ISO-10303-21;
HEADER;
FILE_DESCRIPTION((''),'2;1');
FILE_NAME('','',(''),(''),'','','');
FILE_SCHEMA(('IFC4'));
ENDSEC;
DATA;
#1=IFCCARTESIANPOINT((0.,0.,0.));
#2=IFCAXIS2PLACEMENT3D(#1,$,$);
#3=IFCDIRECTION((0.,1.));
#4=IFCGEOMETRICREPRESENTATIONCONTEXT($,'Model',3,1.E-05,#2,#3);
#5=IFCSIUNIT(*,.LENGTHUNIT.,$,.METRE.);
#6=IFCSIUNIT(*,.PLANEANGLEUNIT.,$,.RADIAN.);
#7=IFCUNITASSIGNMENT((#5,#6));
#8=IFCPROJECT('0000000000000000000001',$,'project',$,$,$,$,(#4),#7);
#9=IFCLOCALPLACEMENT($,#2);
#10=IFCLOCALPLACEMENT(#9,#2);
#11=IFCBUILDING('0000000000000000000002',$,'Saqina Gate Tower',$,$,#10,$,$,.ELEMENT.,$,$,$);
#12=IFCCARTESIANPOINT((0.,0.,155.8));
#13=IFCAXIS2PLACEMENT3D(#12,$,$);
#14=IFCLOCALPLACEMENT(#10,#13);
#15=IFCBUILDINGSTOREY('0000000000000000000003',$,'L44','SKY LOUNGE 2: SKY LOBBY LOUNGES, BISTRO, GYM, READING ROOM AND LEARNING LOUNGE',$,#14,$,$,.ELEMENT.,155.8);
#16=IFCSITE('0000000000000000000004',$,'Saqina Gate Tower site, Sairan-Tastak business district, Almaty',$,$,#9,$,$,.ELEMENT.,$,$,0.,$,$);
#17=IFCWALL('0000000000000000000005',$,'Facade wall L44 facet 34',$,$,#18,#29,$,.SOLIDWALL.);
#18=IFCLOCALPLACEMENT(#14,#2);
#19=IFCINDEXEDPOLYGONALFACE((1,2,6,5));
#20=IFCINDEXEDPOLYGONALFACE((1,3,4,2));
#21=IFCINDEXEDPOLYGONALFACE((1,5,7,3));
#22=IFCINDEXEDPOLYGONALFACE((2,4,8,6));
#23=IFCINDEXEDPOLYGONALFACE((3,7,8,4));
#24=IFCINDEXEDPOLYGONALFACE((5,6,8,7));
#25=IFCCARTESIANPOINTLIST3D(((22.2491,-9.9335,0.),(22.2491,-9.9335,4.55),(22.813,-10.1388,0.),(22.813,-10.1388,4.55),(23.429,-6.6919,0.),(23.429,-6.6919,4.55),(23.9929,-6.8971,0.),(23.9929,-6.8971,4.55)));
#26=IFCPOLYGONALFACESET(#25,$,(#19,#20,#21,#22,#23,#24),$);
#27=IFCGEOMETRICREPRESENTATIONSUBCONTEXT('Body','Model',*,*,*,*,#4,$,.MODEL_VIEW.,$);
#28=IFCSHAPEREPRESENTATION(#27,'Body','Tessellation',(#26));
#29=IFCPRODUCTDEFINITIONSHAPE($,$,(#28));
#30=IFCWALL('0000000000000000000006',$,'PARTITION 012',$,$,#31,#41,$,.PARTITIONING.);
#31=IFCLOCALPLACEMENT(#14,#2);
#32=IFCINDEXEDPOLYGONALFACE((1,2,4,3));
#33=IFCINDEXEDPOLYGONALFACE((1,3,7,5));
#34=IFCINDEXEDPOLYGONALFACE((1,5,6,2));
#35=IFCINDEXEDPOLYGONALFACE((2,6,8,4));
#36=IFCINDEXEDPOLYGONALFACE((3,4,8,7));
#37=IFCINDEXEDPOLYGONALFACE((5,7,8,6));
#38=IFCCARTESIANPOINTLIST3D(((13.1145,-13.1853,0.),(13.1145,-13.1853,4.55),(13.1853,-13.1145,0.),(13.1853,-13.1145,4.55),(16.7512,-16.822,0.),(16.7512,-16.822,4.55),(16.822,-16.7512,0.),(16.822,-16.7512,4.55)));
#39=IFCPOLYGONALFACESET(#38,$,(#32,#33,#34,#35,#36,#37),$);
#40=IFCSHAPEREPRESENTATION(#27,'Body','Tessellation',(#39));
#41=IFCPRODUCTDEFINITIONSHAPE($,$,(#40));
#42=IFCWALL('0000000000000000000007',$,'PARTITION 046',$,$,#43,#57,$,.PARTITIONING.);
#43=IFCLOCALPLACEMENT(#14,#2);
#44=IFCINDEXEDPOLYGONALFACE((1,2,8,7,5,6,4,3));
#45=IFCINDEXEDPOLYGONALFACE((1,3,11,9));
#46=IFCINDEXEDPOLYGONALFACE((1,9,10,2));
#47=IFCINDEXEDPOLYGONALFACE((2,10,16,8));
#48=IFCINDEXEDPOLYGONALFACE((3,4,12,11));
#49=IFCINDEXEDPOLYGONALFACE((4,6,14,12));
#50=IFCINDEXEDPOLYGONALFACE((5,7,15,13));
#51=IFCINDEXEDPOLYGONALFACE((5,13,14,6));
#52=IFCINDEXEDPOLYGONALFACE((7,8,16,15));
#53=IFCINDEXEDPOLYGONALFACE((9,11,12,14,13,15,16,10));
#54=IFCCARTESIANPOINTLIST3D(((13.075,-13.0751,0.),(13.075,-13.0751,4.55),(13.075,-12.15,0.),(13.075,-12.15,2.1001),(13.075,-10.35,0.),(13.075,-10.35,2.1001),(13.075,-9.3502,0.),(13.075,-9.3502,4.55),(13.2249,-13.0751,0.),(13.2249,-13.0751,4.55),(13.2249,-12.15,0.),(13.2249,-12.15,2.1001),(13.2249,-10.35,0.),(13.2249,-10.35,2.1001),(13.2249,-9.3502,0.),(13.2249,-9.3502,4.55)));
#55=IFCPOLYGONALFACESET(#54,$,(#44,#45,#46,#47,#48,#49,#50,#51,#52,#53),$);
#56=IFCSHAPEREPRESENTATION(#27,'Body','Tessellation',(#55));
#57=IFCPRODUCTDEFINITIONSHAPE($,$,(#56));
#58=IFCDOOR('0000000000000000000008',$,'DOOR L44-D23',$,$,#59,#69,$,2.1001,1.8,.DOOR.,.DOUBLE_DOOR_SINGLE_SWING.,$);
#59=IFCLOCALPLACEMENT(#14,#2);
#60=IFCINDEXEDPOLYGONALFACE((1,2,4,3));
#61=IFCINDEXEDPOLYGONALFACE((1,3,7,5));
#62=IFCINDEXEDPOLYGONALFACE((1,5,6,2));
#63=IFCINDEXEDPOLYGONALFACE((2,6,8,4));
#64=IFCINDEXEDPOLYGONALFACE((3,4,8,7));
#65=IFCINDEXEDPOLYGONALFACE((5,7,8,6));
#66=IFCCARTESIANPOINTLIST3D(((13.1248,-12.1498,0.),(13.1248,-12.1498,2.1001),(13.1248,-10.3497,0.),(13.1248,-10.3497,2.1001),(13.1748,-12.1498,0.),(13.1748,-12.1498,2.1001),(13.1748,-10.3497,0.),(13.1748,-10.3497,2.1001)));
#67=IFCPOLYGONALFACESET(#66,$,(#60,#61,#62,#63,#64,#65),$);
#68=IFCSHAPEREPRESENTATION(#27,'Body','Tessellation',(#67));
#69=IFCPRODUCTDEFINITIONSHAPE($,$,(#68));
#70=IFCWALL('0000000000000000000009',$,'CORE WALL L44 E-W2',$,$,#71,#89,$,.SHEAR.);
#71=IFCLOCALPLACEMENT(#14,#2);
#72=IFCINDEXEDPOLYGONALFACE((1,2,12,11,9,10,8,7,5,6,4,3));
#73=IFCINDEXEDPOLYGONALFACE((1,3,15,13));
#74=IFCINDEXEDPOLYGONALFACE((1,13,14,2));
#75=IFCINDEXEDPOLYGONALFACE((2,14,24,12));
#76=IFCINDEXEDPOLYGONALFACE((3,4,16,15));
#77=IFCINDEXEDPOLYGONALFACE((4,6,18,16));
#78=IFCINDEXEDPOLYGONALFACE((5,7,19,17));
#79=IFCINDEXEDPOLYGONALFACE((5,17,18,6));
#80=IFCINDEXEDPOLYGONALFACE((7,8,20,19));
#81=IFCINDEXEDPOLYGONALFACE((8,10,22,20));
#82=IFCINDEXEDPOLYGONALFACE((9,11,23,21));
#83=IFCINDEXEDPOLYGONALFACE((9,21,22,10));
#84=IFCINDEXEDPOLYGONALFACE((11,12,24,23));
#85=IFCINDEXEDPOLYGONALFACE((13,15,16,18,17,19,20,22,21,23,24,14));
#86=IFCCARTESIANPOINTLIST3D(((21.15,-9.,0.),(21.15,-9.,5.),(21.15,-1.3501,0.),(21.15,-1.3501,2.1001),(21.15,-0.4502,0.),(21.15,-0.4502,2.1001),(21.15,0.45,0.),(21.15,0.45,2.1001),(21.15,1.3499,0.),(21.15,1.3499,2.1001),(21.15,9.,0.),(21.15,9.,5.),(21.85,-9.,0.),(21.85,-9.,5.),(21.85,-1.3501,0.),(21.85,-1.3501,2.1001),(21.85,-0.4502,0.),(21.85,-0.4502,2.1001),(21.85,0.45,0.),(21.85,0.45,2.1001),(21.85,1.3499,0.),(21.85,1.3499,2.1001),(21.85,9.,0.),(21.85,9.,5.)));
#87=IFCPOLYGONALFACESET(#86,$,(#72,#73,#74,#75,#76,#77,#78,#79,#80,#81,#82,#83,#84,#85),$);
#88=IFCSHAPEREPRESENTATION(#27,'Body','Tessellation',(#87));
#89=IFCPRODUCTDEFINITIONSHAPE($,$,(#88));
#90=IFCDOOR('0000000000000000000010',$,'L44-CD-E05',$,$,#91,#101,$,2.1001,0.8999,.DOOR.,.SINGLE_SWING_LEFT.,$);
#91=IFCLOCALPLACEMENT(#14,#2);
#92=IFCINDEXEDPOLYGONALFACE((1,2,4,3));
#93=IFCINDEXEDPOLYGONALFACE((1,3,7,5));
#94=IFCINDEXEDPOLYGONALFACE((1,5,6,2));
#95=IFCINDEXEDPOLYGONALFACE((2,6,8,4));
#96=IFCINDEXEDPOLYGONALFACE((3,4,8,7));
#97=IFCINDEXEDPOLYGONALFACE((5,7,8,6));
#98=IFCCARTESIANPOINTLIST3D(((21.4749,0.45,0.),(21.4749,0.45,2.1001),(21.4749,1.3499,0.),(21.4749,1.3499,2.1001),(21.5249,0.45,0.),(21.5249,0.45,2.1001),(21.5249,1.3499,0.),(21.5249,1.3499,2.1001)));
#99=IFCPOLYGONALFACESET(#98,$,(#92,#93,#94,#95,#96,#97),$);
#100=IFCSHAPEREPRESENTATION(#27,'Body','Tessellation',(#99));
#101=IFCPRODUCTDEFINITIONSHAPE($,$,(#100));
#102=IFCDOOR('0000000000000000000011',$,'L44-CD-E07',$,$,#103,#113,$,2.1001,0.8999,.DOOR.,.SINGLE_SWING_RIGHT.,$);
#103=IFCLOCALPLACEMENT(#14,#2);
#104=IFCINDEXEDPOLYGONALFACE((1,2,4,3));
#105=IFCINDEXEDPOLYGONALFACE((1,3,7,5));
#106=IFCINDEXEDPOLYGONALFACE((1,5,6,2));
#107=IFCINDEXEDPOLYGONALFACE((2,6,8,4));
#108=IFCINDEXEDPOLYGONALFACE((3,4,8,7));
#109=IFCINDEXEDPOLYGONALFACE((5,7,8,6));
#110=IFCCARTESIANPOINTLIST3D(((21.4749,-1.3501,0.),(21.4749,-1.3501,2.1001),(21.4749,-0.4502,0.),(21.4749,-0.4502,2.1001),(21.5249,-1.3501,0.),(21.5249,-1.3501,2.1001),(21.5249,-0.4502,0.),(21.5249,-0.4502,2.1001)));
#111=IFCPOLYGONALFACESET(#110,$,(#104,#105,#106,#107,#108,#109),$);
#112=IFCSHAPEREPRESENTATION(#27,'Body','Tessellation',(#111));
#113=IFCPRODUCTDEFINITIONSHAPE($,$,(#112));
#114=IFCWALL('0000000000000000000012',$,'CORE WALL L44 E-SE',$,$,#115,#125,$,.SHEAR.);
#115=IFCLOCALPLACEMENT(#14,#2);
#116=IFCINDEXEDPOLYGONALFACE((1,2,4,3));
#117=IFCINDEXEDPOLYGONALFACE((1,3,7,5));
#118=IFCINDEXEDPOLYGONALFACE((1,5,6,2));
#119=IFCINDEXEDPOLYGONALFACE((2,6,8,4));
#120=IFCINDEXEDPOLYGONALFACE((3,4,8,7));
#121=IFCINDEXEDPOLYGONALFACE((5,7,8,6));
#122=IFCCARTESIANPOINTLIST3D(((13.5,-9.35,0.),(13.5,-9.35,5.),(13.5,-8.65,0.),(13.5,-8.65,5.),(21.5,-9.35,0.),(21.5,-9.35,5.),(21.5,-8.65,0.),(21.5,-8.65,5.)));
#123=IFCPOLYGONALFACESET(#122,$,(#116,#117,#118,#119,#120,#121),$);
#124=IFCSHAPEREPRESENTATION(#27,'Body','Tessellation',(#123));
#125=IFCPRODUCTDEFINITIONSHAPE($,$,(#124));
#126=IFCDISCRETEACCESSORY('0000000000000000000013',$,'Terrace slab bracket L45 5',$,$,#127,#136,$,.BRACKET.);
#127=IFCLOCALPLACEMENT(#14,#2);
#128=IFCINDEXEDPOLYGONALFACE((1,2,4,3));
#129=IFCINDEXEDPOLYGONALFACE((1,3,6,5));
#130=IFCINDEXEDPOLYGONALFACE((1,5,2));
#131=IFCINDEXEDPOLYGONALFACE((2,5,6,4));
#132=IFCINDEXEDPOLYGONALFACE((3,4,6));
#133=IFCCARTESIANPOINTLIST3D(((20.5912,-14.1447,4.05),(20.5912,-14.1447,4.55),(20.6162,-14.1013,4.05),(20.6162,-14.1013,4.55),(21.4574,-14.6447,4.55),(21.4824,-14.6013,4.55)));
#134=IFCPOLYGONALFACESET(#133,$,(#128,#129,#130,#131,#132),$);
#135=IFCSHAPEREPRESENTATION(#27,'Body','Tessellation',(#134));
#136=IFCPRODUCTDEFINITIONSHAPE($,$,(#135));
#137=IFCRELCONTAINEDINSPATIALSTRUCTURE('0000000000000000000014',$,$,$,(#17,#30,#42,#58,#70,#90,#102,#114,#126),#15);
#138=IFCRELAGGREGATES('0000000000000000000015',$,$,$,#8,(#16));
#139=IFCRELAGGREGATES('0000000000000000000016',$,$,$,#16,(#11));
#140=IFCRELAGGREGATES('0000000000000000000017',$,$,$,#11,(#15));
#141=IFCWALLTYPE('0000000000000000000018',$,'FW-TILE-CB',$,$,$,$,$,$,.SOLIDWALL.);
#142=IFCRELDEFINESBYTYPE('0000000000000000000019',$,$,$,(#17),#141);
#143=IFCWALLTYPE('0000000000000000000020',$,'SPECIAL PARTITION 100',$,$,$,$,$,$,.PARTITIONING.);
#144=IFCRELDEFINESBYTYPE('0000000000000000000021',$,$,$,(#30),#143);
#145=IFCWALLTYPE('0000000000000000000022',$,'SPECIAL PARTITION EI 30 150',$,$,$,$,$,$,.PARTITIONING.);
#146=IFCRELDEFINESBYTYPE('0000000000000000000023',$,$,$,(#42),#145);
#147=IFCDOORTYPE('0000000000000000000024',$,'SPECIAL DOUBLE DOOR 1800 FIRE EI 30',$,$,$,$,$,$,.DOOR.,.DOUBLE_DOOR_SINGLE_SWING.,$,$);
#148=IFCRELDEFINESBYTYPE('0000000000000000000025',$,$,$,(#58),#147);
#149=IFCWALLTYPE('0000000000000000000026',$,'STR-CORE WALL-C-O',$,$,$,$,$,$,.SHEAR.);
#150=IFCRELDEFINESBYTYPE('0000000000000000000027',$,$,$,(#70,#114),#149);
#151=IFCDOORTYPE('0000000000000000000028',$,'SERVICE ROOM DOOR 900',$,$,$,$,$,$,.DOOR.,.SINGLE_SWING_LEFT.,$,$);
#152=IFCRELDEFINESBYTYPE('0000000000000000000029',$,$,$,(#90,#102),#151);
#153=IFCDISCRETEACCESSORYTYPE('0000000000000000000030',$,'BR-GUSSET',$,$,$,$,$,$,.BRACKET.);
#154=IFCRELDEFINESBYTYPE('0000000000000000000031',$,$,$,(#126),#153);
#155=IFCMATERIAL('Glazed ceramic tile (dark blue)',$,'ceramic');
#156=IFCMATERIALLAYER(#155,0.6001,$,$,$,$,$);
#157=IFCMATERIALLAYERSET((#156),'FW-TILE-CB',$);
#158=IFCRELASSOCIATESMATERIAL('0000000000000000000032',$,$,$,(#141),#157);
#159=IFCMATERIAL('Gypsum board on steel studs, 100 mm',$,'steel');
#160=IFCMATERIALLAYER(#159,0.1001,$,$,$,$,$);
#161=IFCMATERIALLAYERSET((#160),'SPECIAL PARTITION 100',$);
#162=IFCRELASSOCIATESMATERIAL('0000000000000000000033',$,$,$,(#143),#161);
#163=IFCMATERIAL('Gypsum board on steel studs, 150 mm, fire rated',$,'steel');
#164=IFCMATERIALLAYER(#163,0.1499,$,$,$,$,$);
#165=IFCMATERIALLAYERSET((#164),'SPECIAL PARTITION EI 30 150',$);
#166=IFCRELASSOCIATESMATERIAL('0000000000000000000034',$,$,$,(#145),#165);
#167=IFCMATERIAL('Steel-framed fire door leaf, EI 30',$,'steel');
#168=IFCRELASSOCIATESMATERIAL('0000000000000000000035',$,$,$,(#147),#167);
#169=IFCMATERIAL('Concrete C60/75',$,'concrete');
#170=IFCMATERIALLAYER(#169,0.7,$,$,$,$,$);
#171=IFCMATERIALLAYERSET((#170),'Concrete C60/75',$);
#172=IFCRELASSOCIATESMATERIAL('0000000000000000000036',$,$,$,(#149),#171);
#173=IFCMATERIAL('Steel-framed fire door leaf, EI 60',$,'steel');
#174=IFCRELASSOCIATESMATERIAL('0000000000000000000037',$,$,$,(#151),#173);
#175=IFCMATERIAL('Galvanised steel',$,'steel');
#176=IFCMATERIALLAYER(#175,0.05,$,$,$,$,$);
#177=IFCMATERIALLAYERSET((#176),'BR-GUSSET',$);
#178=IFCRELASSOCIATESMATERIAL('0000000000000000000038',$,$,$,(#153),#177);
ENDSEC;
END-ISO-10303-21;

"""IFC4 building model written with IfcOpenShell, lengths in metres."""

from ifc_helpers import new_model, si_unit, direction, frame, frame_2d, origin, place, context, subcontext, project, spatial, polyline, rectangle, outline, extrude, material, layer, layer_set, type_object, element, fill, save


model = new_model("IFC4")

# Units and contexts
model_context = context("Model", 3, precision=1e-05, world=origin(), true_north=direction((0.0, 1.0)))
body_context = subcontext(model_context, "Body", "Model", "MODEL_VIEW")
ifc_project = project(units=[si_unit("LENGTHUNIT", "METRE"), si_unit("PLANEANGLEUNIT", "RADIAN")], contexts=[model_context])

# Site, building, storey
site_placement = place(None, origin())
site = spatial("IfcSite", under=ifc_project, at=site_placement, Name="Saqina Gate Tower site, Sairan-Tastak business district, Almaty", CompositionType="ELEMENT", RefElevation=0.0)
building_placement = place(site_placement, origin())
building = spatial("IfcBuilding", under=site, at=building_placement, Name="Saqina Gate Tower", CompositionType="ELEMENT")
storey_placement = place(building_placement, frame((0.0, 0.0, 155.8)))
storey = spatial("IfcBuildingStorey", under=building, at=storey_placement, Name="L44", Description="SKY LOUNGE 2: SKY LOBBY LOUNGES, BISTRO, GYM, READING ROOM AND LEARNING LOUNGE", CompositionType="ELEMENT", Elevation=155.8)

# Walls
ifc_material_1 = material(Name="Glazed ceramic tile (dark blue)", Category="ceramic")
ifc_layer_1 = layer(ifc_material_1, 0.6001)
ifc_layer_set_1 = layer_set([ifc_layer_1], Name="FW-TILE-CB")
wall_type_1 = type_object("IfcWallType", Name="FW-TILE-CB", PredefinedType="SOLIDWALL", material=ifc_layer_set_1)
wall_1_placement = place(storey_placement, frame((22.531, -10.0361, 0.0), z_axis=(0.0, 0.0, 1.0), x_axis=(0.342033, 0.939688, 0.0)))
element("IfcWall", 1, at=wall_1_placement, inside=storey, type_object=wall_type_1, Name="Facade wall L44 facet 34", PredefinedType="SOLIDWALL", context=body_context, shape_type="SweptSolid", body=[
    extrude(rectangle(XDim=3.4497, YDim=0.6001, at=frame_2d((1.7249, 0.0))), origin(), (0.0, 0.0, 1.0), 4.55),
])
ifc_material_2 = material(Name="Gypsum board on steel studs, 100 mm", Category="steel")
ifc_layer_2 = layer(ifc_material_2, 0.1001)
ifc_layer_set_2 = layer_set([ifc_layer_2], Name="SPECIAL PARTITION 100")
wall_type_2 = type_object("IfcWallType", Name="SPECIAL PARTITION 100", PredefinedType="PARTITIONING", material=ifc_layer_set_2)
wall_2_placement = place(storey_placement, frame((13.1499, -13.1499, 0.0), z_axis=(0.0, 0.0, 1.0), x_axis=(0.707107, -0.707107, 0.0)))
element("IfcWall", 2, at=wall_2_placement, inside=storey, type_object=wall_type_2, Name="PARTITION 012", PredefinedType="PARTITIONING", context=body_context, shape_type="SweptSolid", body=[
    extrude(rectangle(XDim=5.1431, YDim=0.1001, at=frame_2d((2.5715, 0.0))), origin(), (0.0, 0.0, 1.0), 4.55),
])

# Wall, opening, door
ifc_material_3 = material(Name="Gypsum board on steel studs, 150 mm, fire rated", Category="steel")
ifc_layer_3 = layer(ifc_material_3, 0.1499)
ifc_layer_set_3 = layer_set([ifc_layer_3], Name="SPECIAL PARTITION EI 30 150")
wall_type_3 = type_object("IfcWallType", Name="SPECIAL PARTITION EI 30 150", PredefinedType="PARTITIONING", material=ifc_layer_set_3)
wall_3_placement = place(storey_placement, frame((13.1499, -13.075, 0.0), z_axis=(0.0, 0.0, 1.0), x_axis=(0.0, 1.0, 0.0)))
wall_3 = element("IfcWall", 3, at=wall_3_placement, inside=storey, type_object=wall_type_3, Name="PARTITION 046", PredefinedType="PARTITIONING", context=body_context, shape_type="SweptSolid", body=[
    extrude(rectangle(XDim=3.7249, YDim=0.1499, at=frame_2d((1.8623, 0.0))), origin(), (0.0, 0.0, 1.0), 4.55),
])
opening_1_placement = place(wall_3_placement, frame((0.925, 0.0, 0.0)))
opening_1 = element("IfcOpeningElement", 4, at=opening_1_placement, cuts=wall_3, PredefinedType="OPENING", context=body_context, shape_type="SweptSolid", body=[
    extrude(rectangle(XDim=1.8, YDim=2.1001, at=frame_2d((0.8999, 1.05))), frame((0.0, 0.0869, 0.0), z_axis=(0.0, -1.0, 0.0), x_axis=(1.0, 0.0, 0.0)), (0.0, 0.0, 1.0), 0.1738),
])
ifc_material_4 = material(Name="Steel-framed fire door leaf, EI 30", Category="steel")
door_type_1 = type_object("IfcDoorType", Name="SPECIAL DOUBLE DOOR 1800 FIRE EI 30", OperationType="DOUBLE_DOOR_SINGLE_SWING", PredefinedType="DOOR", material=ifc_material_4)
door_1_placement = place(opening_1_placement, frame((1.8, 0.0, 0.0), z_axis=(0.0, 0.0, 1.0), x_axis=(-1.0, 0.0, 0.0)))
door_1 = element("IfcDoor", 5, at=door_1_placement, inside=storey, type_object=door_type_1, Name="DOOR L44-D23", OperationType="DOUBLE_DOOR_SINGLE_SWING", OverallHeight=2.1001, OverallWidth=1.8, PredefinedType="DOOR", context=body_context, shape_type="SweptSolid", body=[
    extrude(rectangle(XDim=1.8, YDim=2.1001, at=frame_2d((0.8999, 1.05))), frame((0.0, 0.0249, 0.0), z_axis=(0.0, -1.0, 0.0), x_axis=(1.0, 0.0, 0.0)), (0.0, 0.0, 1.0), 0.05),
])
fill(opening_1, door_1)

# Wall, openings, doors
ifc_material_5 = material(Name="Concrete C60/75", Category="concrete")
ifc_layer_4 = layer(ifc_material_5, 0.7)
ifc_layer_set_4 = layer_set([ifc_layer_4], Name="Concrete C60/75")
wall_type_4 = type_object("IfcWallType", Name="STR-CORE WALL-C-O", PredefinedType="SHEAR", material=ifc_layer_set_4)
wall_4_placement = place(storey_placement, frame((21.5, -9.0, 0.0), z_axis=(0.0, 0.0, 1.0), x_axis=(0.0, 1.0, 0.0)))
wall_4 = element("IfcWall", 6, at=wall_4_placement, inside=storey, type_object=wall_type_4, Name="CORE WALL L44 E-W2", PredefinedType="SHEAR", context=body_context, shape_type="SweptSolid", body=[
    extrude(rectangle(XDim=18.0, YDim=0.7, at=frame_2d((9.0, 0.0))), origin(), (0.0, 0.0, 1.0), 5.0),
])
opening_2_placement = place(wall_4_placement, frame((9.45, 0.0, 0.0)))
opening_2 = element("IfcOpeningElement", 7, at=opening_2_placement, cuts=wall_4, PredefinedType="OPENING", context=body_context, shape_type="SweptSolid", body=[
    extrude(rectangle(XDim=0.8999, YDim=2.1001, at=frame_2d((0.45, 1.05))), frame((0.0, 0.3621, 0.0), z_axis=(0.0, -1.0, 0.0), x_axis=(1.0, 0.0, 0.0)), (0.0, 0.0, 1.0), 0.7239),
])
opening_3_placement = place(wall_4_placement, frame((7.6499, 0.0, 0.0)))
opening_3 = element("IfcOpeningElement", 8, at=opening_3_placement, cuts=wall_4, PredefinedType="OPENING", context=body_context, shape_type="SweptSolid", body=[
    extrude(rectangle(XDim=0.8999, YDim=2.1001, at=frame_2d((0.45, 1.05))), frame((0.0, 0.3621, 0.0), z_axis=(0.0, -1.0, 0.0), x_axis=(1.0, 0.0, 0.0)), (0.0, 0.0, 1.0), 0.7239),
])
ifc_material_6 = material(Name="Steel-framed fire door leaf, EI 60", Category="steel")
door_type_2 = type_object("IfcDoorType", Name="SERVICE ROOM DOOR 900", OperationType="SINGLE_SWING_LEFT", PredefinedType="DOOR", material=ifc_material_6)
door_2_placement = place(opening_2_placement, frame((0.8999, 0.0, 0.0), z_axis=(0.0, 0.0, 1.0), x_axis=(-1.0, 0.0, 0.0)))
door_2 = element("IfcDoor", 9, at=door_2_placement, inside=storey, type_object=door_type_2, Name="L44-CD-E05", OperationType="SINGLE_SWING_LEFT", OverallHeight=2.1001, OverallWidth=0.8999, PredefinedType="DOOR", context=body_context, shape_type="SweptSolid", body=[
    extrude(rectangle(XDim=0.8999, YDim=2.1001, at=frame_2d((0.45, 1.05))), frame((0.0, 0.0249, 0.0), z_axis=(0.0, -1.0, 0.0), x_axis=(1.0, 0.0, 0.0)), (0.0, 0.0, 1.0), 0.05),
])
fill(opening_2, door_2)
door_3_placement = place(opening_3_placement, frame((0.8999, 0.0, 0.0), z_axis=(0.0, 0.0, 1.0), x_axis=(-1.0, 0.0, 0.0)))
door_3 = element("IfcDoor", 10, at=door_3_placement, inside=storey, type_object=door_type_2, Name="L44-CD-E07", OperationType="SINGLE_SWING_RIGHT", OverallHeight=2.1001, OverallWidth=0.8999, PredefinedType="DOOR", context=body_context, shape_type="SweptSolid", body=[
    extrude(rectangle(XDim=0.8999, YDim=2.1001, at=frame_2d((0.45, 1.05))), frame((0.0, 0.0249, 0.0), z_axis=(0.0, -1.0, 0.0), x_axis=(1.0, 0.0, 0.0)), (0.0, 0.0, 1.0), 0.05),
])
fill(opening_3, door_3)

# Wall
wall_5_placement = place(storey_placement, frame((13.5, -9.0, 0.0), z_axis=(0.0, 0.0, 1.0), x_axis=(1.0, 0.0, 0.0)))
element("IfcWall", 11, at=wall_5_placement, inside=storey, type_object=wall_type_4, Name="CORE WALL L44 E-SE", PredefinedType="SHEAR", context=body_context, shape_type="SweptSolid", body=[
    extrude(rectangle(XDim=8.0, YDim=0.7, at=frame_2d((4.0, 0.0))), origin(), (0.0, 0.0, 1.0), 5.0),
])

# Discrete accessory
ifc_material_7 = material(Name="Galvanised steel", Category="steel")
ifc_layer_5 = layer(ifc_material_7, 0.05)
ifc_layer_set_5 = layer_set([ifc_layer_5], Name="BR-GUSSET")
discrete_accessory_type = type_object("IfcDiscreteAccessoryType", Name="BR-GUSSET", PredefinedType="BRACKET", material=ifc_layer_set_5)
discrete_accessory_placement = place(storey_placement, frame((20.6162, -14.1013, 4.05), z_axis=(0.49992, 0.866072, 0.0), x_axis=(0.0, 0.0, 1.0)))
element("IfcDiscreteAccessory", 12, at=discrete_accessory_placement, inside=storey, type_object=discrete_accessory_type, Name="Terrace slab bracket L45 5", PredefinedType="BRACKET", context=body_context, shape_type="SweptSolid", body=[
    extrude(outline(polyline([(0.0, 0.0), (0.5, 0.0), (0.5, 1.0002), (0.0, 0.0)])), origin(), (0.0, 0.0, -1.0), 0.05),
])

save(model, "model.ifc")
